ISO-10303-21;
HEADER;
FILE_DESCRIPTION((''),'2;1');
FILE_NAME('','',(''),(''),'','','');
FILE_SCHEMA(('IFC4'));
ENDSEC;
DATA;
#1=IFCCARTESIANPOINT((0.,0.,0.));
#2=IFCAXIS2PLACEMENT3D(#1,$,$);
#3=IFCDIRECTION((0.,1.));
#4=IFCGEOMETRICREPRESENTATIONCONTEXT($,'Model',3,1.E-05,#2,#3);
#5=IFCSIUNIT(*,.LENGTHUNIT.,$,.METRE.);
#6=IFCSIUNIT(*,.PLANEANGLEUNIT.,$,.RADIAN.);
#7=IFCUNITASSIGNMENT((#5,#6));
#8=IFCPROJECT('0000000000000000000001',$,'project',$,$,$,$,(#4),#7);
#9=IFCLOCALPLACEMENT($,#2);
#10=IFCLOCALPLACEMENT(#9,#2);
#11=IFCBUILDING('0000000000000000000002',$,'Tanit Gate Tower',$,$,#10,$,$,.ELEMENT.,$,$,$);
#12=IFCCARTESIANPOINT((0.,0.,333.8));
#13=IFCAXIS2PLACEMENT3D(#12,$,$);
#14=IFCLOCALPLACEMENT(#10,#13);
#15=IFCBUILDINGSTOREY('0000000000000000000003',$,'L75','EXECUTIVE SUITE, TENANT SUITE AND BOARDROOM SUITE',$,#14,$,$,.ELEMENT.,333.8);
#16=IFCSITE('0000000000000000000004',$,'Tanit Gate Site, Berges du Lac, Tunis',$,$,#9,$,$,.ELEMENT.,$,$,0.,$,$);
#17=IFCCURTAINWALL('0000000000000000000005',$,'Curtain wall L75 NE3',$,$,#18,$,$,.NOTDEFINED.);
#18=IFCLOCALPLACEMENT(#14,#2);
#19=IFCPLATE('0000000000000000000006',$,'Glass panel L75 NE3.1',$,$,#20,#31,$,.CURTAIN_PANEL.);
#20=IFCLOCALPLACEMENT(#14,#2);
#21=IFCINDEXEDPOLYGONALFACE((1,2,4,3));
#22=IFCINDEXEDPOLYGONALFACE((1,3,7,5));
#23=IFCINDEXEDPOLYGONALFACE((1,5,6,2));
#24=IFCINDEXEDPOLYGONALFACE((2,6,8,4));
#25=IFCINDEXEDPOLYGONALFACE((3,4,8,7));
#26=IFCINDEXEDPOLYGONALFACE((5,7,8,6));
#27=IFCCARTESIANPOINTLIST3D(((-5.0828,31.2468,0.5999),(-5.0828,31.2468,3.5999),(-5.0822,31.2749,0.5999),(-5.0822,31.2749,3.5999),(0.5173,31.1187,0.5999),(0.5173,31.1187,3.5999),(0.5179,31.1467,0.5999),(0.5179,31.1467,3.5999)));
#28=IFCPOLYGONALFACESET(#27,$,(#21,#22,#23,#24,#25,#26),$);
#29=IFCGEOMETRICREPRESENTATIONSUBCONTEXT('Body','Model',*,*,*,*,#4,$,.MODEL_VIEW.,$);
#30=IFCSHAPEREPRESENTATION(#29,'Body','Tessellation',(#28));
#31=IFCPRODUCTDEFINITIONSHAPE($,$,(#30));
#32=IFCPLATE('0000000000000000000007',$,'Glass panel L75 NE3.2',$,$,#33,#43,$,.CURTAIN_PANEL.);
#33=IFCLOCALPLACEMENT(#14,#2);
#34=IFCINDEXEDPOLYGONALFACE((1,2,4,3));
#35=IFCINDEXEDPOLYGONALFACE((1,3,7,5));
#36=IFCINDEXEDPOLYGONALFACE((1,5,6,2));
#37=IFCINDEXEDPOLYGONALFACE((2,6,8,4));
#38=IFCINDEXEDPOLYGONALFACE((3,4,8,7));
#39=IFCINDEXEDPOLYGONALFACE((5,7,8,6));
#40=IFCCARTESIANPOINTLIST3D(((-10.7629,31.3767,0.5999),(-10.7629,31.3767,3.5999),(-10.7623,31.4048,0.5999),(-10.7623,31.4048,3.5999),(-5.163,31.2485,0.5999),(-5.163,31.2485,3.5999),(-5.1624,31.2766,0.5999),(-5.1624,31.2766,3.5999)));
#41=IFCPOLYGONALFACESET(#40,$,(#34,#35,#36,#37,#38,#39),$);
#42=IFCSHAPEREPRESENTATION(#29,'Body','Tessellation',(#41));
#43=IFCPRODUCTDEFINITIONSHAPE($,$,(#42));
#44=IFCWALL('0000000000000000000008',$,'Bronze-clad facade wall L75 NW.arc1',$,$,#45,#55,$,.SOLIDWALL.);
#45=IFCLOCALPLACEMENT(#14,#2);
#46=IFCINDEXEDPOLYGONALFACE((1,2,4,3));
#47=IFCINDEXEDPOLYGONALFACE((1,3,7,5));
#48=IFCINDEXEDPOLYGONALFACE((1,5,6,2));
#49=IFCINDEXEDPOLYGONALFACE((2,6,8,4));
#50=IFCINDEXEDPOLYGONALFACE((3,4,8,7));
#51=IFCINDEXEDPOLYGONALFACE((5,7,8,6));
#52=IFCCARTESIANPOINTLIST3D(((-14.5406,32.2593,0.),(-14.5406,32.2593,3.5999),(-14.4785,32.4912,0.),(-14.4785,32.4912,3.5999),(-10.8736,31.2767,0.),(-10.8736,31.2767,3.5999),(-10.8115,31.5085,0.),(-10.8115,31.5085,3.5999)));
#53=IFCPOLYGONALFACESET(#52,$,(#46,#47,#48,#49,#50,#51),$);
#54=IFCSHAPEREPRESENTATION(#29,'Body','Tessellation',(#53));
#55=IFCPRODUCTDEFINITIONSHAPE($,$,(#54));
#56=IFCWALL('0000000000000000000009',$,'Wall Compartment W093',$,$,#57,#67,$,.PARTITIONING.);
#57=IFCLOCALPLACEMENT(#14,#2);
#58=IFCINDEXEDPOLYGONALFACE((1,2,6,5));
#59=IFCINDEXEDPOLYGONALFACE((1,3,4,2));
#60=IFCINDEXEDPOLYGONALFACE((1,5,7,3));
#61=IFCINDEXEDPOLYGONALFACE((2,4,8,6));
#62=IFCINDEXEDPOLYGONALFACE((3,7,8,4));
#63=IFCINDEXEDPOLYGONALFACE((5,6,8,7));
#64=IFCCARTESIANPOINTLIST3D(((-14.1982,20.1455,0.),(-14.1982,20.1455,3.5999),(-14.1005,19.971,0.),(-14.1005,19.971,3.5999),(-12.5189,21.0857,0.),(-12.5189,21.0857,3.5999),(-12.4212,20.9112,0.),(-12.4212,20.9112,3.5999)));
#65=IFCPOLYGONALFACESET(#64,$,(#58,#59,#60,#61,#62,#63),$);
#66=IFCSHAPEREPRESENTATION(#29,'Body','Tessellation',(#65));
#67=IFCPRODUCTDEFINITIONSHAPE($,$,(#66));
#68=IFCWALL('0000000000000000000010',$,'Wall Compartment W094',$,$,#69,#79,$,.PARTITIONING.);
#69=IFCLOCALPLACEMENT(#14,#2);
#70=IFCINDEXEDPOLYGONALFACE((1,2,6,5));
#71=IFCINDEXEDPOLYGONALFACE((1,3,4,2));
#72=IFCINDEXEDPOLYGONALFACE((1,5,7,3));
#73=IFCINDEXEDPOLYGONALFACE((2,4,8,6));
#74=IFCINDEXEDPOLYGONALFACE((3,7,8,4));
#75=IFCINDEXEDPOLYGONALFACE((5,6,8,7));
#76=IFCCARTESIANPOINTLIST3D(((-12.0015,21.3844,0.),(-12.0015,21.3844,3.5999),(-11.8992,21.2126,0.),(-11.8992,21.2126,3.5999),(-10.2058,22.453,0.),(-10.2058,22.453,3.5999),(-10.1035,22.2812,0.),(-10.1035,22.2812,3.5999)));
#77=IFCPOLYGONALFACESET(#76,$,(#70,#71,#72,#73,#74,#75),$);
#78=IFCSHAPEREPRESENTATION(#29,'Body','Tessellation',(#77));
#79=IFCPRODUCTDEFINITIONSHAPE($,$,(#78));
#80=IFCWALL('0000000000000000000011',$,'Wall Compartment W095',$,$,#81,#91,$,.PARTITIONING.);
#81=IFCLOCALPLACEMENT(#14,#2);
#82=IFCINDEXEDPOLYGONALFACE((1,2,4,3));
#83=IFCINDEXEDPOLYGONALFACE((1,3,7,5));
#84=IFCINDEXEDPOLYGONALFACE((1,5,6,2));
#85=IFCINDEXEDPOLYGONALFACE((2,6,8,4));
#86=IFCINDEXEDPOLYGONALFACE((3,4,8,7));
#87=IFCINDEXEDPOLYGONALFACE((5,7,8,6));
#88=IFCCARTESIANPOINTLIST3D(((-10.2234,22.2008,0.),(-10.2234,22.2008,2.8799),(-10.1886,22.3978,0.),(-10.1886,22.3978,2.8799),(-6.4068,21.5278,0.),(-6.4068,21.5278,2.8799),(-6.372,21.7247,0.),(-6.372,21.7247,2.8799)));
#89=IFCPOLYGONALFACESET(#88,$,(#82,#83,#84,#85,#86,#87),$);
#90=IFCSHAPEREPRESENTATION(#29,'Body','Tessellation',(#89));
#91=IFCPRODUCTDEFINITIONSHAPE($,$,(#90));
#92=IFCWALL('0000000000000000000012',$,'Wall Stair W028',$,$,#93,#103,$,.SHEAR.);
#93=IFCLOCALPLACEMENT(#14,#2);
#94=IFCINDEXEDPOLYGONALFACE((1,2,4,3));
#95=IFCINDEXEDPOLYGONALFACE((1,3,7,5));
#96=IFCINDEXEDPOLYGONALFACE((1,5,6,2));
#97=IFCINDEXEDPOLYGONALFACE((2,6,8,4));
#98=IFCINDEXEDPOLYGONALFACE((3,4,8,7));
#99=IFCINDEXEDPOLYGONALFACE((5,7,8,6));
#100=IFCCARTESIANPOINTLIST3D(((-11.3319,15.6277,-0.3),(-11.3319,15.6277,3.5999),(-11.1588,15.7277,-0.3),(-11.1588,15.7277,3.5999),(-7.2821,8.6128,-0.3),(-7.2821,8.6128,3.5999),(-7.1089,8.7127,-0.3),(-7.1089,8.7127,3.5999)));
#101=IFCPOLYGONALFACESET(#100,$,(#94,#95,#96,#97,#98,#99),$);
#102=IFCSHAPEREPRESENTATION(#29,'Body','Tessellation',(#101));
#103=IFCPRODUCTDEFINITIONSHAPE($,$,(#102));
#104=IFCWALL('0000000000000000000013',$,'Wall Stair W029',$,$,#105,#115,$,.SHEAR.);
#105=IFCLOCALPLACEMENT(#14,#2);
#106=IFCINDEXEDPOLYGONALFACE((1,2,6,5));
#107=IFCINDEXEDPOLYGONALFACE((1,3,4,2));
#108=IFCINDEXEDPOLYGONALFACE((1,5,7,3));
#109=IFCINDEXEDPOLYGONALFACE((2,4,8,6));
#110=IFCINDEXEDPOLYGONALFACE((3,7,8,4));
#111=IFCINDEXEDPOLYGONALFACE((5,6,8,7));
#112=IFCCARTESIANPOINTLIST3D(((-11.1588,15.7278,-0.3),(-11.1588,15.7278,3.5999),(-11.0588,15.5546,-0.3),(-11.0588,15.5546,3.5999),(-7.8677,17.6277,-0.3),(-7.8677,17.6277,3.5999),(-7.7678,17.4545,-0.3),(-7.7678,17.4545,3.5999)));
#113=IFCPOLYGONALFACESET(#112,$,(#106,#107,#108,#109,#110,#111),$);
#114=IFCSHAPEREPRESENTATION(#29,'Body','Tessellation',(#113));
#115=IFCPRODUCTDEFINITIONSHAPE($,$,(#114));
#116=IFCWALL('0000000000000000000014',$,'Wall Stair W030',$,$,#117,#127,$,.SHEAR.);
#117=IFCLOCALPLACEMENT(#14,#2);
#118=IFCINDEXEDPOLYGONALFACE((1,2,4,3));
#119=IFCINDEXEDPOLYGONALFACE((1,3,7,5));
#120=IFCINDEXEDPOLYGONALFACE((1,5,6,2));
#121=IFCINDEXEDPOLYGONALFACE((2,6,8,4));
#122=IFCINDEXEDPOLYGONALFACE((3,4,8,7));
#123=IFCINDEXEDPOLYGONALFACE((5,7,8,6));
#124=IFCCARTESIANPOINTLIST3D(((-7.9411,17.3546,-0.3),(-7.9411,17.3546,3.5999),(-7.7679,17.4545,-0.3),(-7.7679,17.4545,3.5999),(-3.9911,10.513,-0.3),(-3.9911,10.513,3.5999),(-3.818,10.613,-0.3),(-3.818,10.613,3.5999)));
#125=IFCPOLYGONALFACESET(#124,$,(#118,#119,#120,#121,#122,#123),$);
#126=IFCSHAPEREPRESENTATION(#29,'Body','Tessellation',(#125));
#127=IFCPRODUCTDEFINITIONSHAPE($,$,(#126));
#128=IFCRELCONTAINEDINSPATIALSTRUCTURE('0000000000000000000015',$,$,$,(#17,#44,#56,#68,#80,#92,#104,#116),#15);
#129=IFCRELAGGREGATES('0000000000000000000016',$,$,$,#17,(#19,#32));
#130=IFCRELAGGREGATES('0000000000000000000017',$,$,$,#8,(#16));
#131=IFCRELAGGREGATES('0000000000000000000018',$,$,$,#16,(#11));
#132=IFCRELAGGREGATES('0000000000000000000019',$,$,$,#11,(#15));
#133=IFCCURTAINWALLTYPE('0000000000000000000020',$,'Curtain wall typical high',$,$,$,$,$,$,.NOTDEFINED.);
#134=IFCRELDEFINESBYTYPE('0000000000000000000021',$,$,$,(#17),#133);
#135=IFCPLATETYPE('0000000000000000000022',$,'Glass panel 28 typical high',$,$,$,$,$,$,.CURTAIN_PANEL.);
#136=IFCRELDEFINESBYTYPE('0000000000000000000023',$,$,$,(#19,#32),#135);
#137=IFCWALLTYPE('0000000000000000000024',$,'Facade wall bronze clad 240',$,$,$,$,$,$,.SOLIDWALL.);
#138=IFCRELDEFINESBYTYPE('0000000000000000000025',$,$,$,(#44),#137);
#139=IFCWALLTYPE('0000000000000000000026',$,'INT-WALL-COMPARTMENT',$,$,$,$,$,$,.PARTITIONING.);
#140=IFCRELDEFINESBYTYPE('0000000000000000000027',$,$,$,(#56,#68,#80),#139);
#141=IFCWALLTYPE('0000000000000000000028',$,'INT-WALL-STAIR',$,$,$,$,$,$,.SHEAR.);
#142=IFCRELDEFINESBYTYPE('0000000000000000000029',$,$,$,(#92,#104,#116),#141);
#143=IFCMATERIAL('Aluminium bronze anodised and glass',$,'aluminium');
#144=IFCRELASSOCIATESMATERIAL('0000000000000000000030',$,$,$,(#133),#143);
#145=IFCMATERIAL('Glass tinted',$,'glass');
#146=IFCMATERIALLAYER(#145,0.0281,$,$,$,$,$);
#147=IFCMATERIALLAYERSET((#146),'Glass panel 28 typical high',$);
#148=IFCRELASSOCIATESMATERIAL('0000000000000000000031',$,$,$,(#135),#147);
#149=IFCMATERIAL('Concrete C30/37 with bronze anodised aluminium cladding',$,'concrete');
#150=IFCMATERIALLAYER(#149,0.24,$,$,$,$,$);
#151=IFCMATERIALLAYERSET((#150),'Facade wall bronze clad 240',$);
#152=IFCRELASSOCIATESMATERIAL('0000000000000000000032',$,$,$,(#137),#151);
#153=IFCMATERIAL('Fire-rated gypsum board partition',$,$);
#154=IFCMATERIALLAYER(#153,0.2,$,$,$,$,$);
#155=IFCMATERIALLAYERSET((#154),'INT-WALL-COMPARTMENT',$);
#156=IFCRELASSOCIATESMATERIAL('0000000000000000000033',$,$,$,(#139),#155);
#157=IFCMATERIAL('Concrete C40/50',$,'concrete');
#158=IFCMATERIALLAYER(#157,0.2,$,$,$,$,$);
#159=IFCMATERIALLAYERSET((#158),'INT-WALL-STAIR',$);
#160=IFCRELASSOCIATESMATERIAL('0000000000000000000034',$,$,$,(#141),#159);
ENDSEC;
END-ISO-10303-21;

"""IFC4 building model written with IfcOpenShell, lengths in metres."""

from ifc_helpers import new_model, si_unit, direction, frame, frame_2d, origin, origin_2d, place, context, subcontext, project, spatial, rectangle, extrude, material, layer, layer_set, type_object, element, aggregate, save


model = new_model("IFC4")

# Units and contexts
model_context = context("Model", 3, precision=1e-05, world=origin(), true_north=direction((0.0, 1.0)))
body_context = subcontext(model_context, "Body", "Model", "MODEL_VIEW")
ifc_project = project(units=[si_unit("LENGTHUNIT", "METRE"), si_unit("PLANEANGLEUNIT", "RADIAN")], contexts=[model_context])

# Site, building, storey
site_placement = place(None, origin())
site = spatial("IfcSite", under=ifc_project, at=site_placement, Name="Tanit Gate Site, Berges du Lac, Tunis", CompositionType="ELEMENT", RefElevation=0.0)
building_placement = place(site_placement, origin())
building = spatial("IfcBuilding", under=site, at=building_placement, Name="Tanit Gate Tower", CompositionType="ELEMENT")
storey_placement = place(building_placement, frame((0.0, 0.0, 333.8)))
storey = spatial("IfcBuildingStorey", under=building, at=storey_placement, Name="L75", Description="EXECUTIVE SUITE, TENANT SUITE AND BOARDROOM SUITE", CompositionType="ELEMENT", Elevation=333.8)

# Curtain wall
ifc_material_1 = material(Name="Aluminium bronze anodised and glass", Category="aluminium")
curtain_wall_type = type_object("IfcCurtainWallType", Name="Curtain wall typical high", PredefinedType="NOTDEFINED", material=ifc_material_1)
curtain_wall_placement = place(storey_placement, origin())
curtain_wall = element("IfcCurtainWall", 1, at=curtain_wall_placement, inside=storey, type_object=curtain_wall_type, Name="Curtain wall L75 NE3", PredefinedType="NOTDEFINED")

# Plates
ifc_material_2 = material(Name="Glass tinted", Category="glass")
ifc_layer_1 = layer(ifc_material_2, 0.0281)
ifc_layer_set_1 = layer_set([ifc_layer_1], Name="Glass panel 28 typical high")
plate_type = type_object("IfcPlateType", Name="Glass panel 28 typical high", PredefinedType="CURTAIN_PANEL", material=ifc_layer_set_1)
plate_1_placement = place(storey_placement, frame((-2.2825, 31.1968, 0.5999), z_axis=(0.0, 0.0, 1.0), x_axis=(-0.999738, 0.02288, 0.0)))
plate_1 = element("IfcPlate", 2, at=plate_1_placement, type_object=plate_type, Name="Glass panel L75 NE3.1", PredefinedType="CURTAIN_PANEL", context=body_context, shape_type="SweptSolid", body=[
    extrude(rectangle(XDim=5.6016, YDim=0.0281, at=origin_2d()), origin(), (0.0, 0.0, 1.0), 3.0),
])
plate_2_placement = place(storey_placement, frame((-7.9626, 31.3267, 0.5999), z_axis=(0.0, 0.0, 1.0), x_axis=(-0.999738, 0.02288, 0.0)))
plate_2 = element("IfcPlate", 3, at=plate_2_placement, type_object=plate_type, Name="Glass panel L75 NE3.2", PredefinedType="CURTAIN_PANEL", context=body_context, shape_type="SweptSolid", body=[
    extrude(rectangle(XDim=5.6013, YDim=0.0281, at=origin_2d()), origin(), (0.0, 0.0, 1.0), 3.0),
])
aggregate(curtain_wall, [plate_1, plate_2])

# Walls
ifc_material_3 = material(Name="Concrete C30/37 with bronze anodised aluminium cladding", Category="concrete")
ifc_layer_2 = layer(ifc_material_3, 0.24)
ifc_layer_set_2 = layer_set([ifc_layer_2], Name="Facade wall bronze clad 240")
wall_type_1 = type_object("IfcWallType", Name="Facade wall bronze clad 240", PredefinedType="SOLIDWALL", material=ifc_layer_set_2)
wall_1_placement = place(storey_placement, frame((-10.8425, 31.3926, 0.0), z_axis=(0.0, 0.0, 1.0), x_axis=(-0.965919, 0.258843, 0.0)))
element("IfcWall", 4, at=wall_1_placement, inside=storey, type_object=wall_type_1, Name="Bronze-clad facade wall L75 NW.arc1", PredefinedType="SOLIDWALL", context=body_context, shape_type="SweptSolid", body=[
    extrude(rectangle(XDim=3.7964, YDim=0.24, at=frame_2d((1.8982, 0.0))), origin(), (0.0, 0.0, 1.0), 3.5999),
])
ifc_material_4 = material(Name="Fire-rated gypsum board partition")
ifc_layer_3 = layer(ifc_material_4, 0.2)
ifc_layer_set_3 = layer_set([ifc_layer_3], Name="INT-WALL-COMPARTMENT")
wall_type_2 = type_object("IfcWallType", Name="INT-WALL-COMPARTMENT", PredefinedType="PARTITIONING", material=ifc_layer_set_3)
wall_2_placement = place(storey_placement, frame((-12.47, 20.9985, 0.0), z_axis=(0.0, 0.0, 1.0), x_axis=(-0.872543, -0.488538, 0.0)))
element("IfcWall", 5, at=wall_2_placement, inside=storey, type_object=wall_type_2, Name="Wall Compartment W093", PredefinedType="PARTITIONING", context=body_context, shape_type="SweptSolid", body=[
    extrude(rectangle(XDim=1.9246, YDim=0.2, at=frame_2d((0.9624, 0.0))), origin(), (0.0, 0.0, 1.0), 3.5999),
])
wall_3_placement = place(storey_placement, frame((-10.1545, 22.3672, 0.0), z_axis=(0.0, 0.0, 1.0), x_axis=(-0.859343, -0.5114, 0.0)))
element("IfcWall", 6, at=wall_3_placement, inside=storey, type_object=wall_type_2, Name="Wall Compartment W094", PredefinedType="PARTITIONING", context=body_context, shape_type="SweptSolid", body=[
    extrude(rectangle(XDim=2.0896, YDim=0.2, at=frame_2d((1.0449, 0.0))), origin(), (0.0, 0.0, 1.0), 3.5999),
])
wall_4_placement = place(storey_placement, frame((-6.3894, 21.6262, 0.0), z_axis=(0.0, 0.0, 1.0), x_axis=(-0.984803, 0.173678, 0.0)))
element("IfcWall", 7, at=wall_4_placement, inside=storey, type_object=wall_type_2, Name="Wall Compartment W095", PredefinedType="PARTITIONING", context=body_context, shape_type="SweptSolid", body=[
    extrude(rectangle(XDim=3.8755, YDim=0.2, at=frame_2d((1.9377, 0.0))), origin(), (0.0, 0.0, 1.0), 2.8799),
])
ifc_material_5 = material(Name="Concrete C40/50", Category="concrete")
ifc_layer_4 = layer(ifc_material_5, 0.2)
ifc_layer_set_4 = layer_set([ifc_layer_4], Name="INT-WALL-STAIR")
wall_type_3 = type_object("IfcWallType", Name="INT-WALL-STAIR", PredefinedType="SHEAR", material=ifc_layer_set_4)
wall_5_placement = place(storey_placement, frame((-11.2454, 15.6777, -0.3), z_axis=(0.0, 0.0, 1.0), x_axis=(0.499977, -0.866039, 0.0)))
element("IfcWall", 8, at=wall_5_placement, inside=storey, type_object=wall_type_3, Name="Wall Stair W028", PredefinedType="SHEAR", context=body_context, shape_type="SweptSolid", body=[
    extrude(rectangle(XDim=8.1001, YDim=0.2, at=frame_2d((4.05, 0.0))), origin(), (0.0, 0.0, 1.0), 3.8999),
])
wall_6_placement = place(storey_placement, frame((-7.8179, 17.541, -0.3), z_axis=(0.0, 0.0, 1.0), x_axis=(-0.866044, -0.499967, 0.0)))
element("IfcWall", 9, at=wall_6_placement, inside=storey, type_object=wall_type_3, Name="Wall Stair W029", PredefinedType="SHEAR", context=body_context, shape_type="SweptSolid", body=[
    extrude(rectangle(XDim=3.8, YDim=0.2, at=frame_2d((1.8999, 0.0))), origin(), (0.0, 0.0, 1.0), 3.8999),
])
wall_7_placement = place(storey_placement, frame((-7.8545, 17.4045, -0.3), z_axis=(0.0, 0.0, 1.0), x_axis=(0.499998, -0.866027, 0.0)))
element("IfcWall", 10, at=wall_7_placement, inside=storey, type_object=wall_type_3, Name="Wall Stair W030", PredefinedType="SHEAR", context=body_context, shape_type="SweptSolid", body=[
    extrude(rectangle(XDim=7.8999, YDim=0.2, at=frame_2d((3.95, 0.0))), origin(), (0.0, 0.0, 1.0), 3.8999),
])

save(model, "model.ifc")
